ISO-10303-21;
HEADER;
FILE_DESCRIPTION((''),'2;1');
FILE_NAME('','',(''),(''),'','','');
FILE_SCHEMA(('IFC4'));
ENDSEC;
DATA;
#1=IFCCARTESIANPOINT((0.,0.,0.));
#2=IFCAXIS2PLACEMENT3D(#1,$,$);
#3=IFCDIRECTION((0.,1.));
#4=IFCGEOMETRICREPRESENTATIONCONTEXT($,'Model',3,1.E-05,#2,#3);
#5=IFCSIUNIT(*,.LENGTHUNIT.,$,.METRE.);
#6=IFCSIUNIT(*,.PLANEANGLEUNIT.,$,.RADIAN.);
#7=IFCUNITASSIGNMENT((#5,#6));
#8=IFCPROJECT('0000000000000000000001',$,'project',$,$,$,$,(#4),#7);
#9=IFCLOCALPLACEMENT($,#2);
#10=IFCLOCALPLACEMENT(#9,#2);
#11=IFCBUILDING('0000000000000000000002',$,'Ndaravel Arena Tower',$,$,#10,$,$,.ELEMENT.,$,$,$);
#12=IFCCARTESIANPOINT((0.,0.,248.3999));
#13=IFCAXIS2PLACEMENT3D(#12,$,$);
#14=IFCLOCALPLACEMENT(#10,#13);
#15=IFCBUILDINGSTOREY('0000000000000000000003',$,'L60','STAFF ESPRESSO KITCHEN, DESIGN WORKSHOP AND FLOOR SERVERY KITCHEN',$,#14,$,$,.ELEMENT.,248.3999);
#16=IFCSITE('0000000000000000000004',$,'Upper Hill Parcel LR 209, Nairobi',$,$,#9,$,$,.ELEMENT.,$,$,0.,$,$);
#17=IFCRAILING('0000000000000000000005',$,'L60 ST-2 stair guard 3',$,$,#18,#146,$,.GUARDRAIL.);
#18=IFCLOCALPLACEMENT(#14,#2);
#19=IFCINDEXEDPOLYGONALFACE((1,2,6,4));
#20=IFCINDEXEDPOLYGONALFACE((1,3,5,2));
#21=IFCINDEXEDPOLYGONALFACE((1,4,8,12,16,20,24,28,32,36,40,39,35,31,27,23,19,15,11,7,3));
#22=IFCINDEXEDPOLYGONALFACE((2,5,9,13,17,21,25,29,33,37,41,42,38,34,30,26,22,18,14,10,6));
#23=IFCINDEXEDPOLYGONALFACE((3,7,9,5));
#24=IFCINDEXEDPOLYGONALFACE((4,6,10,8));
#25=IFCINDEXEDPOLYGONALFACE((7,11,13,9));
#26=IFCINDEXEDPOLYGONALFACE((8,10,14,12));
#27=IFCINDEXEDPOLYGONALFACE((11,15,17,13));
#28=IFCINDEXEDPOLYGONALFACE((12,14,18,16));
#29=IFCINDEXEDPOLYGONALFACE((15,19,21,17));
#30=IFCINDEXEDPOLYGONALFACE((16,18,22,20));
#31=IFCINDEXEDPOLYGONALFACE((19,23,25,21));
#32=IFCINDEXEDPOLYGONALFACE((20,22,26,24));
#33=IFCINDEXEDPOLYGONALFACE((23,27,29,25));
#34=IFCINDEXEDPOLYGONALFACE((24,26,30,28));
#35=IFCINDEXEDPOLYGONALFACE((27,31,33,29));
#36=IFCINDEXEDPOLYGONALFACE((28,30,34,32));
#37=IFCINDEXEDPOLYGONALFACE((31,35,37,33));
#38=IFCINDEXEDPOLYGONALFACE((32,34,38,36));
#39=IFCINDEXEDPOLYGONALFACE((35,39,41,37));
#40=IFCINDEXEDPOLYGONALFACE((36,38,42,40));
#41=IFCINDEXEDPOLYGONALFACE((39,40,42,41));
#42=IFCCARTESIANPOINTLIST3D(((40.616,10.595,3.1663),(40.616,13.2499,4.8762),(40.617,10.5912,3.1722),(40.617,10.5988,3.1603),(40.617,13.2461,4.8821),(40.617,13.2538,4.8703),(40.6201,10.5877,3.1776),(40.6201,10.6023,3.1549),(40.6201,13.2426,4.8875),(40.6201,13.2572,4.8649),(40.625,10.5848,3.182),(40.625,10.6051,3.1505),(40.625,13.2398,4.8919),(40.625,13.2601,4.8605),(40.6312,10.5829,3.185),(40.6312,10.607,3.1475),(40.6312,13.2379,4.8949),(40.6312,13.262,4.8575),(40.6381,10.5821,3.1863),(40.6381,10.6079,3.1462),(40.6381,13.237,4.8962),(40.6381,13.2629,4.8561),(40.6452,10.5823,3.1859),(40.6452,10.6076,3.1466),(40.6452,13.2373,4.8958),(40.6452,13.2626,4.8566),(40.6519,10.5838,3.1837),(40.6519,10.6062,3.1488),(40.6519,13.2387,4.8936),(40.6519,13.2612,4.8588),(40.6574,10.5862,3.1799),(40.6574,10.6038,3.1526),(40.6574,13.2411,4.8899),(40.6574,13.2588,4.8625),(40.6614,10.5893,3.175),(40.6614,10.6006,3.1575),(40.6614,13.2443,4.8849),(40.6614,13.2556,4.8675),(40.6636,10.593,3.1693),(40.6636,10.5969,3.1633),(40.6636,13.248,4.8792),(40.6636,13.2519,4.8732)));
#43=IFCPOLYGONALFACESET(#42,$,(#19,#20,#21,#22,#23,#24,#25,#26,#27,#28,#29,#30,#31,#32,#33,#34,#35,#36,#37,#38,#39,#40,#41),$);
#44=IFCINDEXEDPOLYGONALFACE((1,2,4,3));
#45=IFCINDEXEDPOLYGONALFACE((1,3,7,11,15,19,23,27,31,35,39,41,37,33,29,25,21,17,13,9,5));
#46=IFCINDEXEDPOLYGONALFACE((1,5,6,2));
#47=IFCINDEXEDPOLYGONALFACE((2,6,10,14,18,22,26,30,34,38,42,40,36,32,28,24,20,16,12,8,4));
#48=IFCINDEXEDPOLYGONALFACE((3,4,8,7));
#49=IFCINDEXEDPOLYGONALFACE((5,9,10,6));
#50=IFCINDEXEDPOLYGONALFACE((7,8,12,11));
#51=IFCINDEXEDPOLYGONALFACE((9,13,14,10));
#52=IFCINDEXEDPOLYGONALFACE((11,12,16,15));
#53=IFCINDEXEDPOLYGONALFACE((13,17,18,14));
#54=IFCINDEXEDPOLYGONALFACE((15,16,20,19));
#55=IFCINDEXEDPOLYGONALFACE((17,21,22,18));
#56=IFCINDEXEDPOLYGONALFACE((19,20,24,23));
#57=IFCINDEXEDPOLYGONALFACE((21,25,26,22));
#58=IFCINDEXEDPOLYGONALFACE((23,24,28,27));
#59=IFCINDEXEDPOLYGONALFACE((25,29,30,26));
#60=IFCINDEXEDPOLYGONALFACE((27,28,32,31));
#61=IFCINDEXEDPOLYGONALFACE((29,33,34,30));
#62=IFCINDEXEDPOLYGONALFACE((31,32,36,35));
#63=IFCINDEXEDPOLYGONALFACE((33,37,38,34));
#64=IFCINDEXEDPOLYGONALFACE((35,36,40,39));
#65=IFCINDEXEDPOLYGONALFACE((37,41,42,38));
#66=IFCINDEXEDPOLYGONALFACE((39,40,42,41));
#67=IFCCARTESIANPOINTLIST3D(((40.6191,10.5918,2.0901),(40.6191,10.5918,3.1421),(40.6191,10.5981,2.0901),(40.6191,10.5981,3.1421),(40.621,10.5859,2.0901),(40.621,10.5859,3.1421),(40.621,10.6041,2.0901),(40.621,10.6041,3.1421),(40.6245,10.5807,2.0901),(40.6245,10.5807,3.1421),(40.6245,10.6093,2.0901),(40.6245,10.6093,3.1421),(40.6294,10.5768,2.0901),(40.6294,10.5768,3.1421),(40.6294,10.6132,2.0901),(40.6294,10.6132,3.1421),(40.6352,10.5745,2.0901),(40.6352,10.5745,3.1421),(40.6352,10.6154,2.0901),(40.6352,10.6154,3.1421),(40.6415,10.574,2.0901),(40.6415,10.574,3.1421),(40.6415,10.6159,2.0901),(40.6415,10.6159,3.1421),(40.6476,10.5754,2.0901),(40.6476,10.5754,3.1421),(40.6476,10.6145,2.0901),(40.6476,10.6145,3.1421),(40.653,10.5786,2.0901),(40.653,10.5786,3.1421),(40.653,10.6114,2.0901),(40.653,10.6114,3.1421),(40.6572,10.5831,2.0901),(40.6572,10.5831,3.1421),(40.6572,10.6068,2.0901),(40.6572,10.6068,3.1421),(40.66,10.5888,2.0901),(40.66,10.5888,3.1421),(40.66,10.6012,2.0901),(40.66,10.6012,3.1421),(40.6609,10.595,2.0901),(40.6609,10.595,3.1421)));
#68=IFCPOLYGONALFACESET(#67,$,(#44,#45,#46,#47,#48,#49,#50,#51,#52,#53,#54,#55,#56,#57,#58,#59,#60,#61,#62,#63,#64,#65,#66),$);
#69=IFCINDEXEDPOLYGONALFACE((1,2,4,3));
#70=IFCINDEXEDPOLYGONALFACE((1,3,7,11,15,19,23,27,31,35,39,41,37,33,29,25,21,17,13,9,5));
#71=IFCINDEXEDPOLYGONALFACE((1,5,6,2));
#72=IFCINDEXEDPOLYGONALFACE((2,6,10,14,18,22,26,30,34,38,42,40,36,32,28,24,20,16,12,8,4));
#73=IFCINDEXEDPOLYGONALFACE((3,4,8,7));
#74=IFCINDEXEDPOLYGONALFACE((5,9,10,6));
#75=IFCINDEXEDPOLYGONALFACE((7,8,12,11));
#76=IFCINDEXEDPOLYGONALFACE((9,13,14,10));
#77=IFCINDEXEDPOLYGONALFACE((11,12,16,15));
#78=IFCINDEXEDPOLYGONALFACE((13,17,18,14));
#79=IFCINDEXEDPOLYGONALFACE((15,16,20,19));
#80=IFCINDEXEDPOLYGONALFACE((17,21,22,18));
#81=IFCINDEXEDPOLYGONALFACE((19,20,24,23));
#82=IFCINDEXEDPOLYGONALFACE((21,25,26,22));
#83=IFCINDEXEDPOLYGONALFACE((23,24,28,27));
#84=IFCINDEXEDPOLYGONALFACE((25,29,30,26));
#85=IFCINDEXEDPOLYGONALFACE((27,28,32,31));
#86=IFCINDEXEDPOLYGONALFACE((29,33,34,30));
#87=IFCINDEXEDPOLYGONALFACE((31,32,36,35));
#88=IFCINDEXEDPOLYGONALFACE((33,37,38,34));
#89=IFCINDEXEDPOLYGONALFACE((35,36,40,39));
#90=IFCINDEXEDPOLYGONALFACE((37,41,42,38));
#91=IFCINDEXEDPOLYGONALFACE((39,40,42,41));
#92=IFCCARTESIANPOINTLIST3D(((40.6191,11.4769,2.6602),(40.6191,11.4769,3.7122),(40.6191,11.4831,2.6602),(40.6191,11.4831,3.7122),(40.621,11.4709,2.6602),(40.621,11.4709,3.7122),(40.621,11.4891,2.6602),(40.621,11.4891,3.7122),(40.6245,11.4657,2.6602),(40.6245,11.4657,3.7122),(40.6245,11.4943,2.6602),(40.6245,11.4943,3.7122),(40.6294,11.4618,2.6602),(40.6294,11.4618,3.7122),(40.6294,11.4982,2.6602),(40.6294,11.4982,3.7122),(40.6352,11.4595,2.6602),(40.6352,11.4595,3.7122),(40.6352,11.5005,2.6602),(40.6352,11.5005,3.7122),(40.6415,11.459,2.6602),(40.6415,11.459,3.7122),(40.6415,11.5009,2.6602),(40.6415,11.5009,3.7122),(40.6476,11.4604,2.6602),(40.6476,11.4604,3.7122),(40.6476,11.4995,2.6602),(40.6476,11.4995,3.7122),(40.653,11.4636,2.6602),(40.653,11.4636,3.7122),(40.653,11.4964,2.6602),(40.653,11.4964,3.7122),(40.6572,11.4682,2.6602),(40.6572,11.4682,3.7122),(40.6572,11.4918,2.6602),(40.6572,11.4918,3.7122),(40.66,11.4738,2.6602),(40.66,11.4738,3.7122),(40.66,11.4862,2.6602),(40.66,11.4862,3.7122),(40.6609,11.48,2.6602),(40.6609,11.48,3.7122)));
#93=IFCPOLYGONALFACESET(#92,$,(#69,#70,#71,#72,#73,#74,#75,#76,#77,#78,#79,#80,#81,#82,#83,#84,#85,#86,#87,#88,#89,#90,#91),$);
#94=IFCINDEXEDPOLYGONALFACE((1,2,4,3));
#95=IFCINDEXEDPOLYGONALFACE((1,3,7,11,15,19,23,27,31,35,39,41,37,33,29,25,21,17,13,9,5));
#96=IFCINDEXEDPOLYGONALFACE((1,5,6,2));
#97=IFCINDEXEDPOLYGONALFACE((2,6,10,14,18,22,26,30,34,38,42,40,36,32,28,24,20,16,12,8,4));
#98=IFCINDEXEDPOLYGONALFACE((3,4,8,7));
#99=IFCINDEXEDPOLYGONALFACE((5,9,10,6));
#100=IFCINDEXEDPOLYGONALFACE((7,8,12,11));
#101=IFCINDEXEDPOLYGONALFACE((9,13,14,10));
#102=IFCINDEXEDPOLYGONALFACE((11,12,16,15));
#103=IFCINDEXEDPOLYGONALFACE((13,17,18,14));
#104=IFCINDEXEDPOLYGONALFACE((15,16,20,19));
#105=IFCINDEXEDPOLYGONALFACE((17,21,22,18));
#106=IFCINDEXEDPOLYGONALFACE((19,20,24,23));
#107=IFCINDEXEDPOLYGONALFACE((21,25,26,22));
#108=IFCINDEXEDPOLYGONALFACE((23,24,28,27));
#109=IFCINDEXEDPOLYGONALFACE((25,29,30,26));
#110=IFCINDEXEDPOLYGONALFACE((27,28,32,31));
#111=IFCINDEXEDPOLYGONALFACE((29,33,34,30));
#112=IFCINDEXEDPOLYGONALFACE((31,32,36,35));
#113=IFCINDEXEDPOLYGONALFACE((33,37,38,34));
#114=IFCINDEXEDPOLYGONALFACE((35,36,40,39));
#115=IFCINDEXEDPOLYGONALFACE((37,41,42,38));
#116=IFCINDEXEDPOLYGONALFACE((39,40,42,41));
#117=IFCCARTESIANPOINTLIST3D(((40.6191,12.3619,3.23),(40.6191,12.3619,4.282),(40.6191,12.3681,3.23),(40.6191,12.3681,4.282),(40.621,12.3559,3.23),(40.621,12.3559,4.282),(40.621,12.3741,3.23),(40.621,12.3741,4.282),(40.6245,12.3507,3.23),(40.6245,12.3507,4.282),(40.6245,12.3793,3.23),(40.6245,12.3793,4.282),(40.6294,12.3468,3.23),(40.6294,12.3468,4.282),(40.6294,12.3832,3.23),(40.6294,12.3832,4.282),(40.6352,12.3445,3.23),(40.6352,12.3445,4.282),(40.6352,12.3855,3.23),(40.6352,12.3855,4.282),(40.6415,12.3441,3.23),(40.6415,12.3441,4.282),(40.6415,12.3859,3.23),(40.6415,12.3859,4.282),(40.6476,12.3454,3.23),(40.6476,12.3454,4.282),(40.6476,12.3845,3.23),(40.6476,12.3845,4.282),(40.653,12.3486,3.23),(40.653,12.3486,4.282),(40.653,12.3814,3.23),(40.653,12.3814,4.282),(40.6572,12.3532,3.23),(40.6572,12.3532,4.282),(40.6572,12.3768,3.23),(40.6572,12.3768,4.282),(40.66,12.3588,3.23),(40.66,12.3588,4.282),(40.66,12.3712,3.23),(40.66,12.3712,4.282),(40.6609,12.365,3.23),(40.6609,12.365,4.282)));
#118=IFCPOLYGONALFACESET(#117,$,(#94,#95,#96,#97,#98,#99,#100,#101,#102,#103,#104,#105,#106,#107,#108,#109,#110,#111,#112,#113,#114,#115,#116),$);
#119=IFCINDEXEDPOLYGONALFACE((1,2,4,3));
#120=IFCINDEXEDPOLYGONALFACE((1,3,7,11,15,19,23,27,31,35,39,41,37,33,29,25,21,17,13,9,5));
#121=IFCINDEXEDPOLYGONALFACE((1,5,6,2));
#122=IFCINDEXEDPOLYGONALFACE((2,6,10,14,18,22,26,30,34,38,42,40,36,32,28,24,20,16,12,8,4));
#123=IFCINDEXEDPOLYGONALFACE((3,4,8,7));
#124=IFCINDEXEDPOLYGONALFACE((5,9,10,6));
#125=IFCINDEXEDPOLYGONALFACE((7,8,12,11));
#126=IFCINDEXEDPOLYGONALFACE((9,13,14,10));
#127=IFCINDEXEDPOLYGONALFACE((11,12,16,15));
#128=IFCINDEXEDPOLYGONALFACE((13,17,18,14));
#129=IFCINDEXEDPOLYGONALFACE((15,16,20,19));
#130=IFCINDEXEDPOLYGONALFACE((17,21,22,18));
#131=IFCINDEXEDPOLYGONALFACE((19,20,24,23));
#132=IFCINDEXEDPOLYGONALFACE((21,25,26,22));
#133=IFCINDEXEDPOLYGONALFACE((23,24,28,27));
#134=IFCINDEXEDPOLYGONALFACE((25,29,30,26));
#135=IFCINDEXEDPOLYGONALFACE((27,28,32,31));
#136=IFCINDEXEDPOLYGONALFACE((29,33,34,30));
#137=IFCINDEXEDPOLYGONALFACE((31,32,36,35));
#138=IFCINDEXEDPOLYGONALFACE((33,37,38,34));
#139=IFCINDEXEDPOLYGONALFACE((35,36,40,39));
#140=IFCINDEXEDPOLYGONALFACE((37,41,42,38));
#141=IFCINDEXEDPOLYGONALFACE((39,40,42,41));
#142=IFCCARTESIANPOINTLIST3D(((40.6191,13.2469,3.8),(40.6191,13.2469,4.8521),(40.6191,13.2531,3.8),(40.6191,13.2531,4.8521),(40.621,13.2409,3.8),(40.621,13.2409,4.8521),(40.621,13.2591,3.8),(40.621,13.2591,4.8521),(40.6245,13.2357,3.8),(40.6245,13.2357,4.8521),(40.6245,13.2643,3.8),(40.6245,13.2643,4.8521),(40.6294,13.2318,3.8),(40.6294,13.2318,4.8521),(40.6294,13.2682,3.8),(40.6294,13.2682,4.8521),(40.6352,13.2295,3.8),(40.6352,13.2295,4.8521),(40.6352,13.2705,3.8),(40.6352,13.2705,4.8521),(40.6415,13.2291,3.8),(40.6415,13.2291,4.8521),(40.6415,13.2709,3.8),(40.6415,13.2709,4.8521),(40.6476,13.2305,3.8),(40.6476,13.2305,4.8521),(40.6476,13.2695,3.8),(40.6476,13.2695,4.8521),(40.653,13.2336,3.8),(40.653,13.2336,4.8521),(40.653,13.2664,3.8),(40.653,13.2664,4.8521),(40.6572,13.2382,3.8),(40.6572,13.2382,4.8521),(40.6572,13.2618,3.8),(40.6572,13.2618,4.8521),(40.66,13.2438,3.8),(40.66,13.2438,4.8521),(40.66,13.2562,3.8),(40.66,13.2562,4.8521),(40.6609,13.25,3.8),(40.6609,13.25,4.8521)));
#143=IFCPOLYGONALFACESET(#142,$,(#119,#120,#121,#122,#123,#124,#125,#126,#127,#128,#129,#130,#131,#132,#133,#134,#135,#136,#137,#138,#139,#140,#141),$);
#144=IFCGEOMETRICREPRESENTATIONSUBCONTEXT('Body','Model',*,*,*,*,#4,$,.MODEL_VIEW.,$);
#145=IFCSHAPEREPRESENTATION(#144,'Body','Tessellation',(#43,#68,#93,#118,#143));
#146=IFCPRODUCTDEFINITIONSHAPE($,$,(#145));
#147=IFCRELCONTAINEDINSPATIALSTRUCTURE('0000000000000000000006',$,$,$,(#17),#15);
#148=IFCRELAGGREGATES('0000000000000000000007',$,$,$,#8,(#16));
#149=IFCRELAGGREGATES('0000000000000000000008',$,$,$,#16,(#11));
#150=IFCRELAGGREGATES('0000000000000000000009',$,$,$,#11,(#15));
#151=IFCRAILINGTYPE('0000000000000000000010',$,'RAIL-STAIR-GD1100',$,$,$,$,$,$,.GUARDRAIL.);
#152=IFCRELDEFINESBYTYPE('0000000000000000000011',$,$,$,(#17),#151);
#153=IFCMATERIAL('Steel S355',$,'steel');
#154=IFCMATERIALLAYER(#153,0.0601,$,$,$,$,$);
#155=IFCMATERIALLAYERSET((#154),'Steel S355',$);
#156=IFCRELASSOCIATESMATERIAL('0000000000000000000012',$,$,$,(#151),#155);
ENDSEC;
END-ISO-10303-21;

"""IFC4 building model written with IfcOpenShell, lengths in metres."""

from ifc_helpers import new_model, si_unit, direction, frame, origin, origin_2d, place, context, subcontext, project, spatial, circle, extrude, material, layer, layer_set, type_object, element, save


model = new_model("IFC4")

# Units and contexts
model_context = context("Model", 3, precision=1e-05, world=origin(), true_north=direction((0.0, 1.0)))
body_context = subcontext(model_context, "Body", "Model", "MODEL_VIEW")
ifc_project = project(units=[si_unit("LENGTHUNIT", "METRE"), si_unit("PLANEANGLEUNIT", "RADIAN")], contexts=[model_context])

# Site, building, storey
site_placement = place(None, origin())
site = spatial("IfcSite", under=ifc_project, at=site_placement, Name="Upper Hill Parcel LR 209, Nairobi", CompositionType="ELEMENT", RefElevation=0.0)
building_placement = place(site_placement, origin())
building = spatial("IfcBuilding", under=site, at=building_placement, Name="Ndaravel Arena Tower", CompositionType="ELEMENT")
storey_placement = place(building_placement, frame((0.0, 0.0, 248.3999)))
storey = spatial("IfcBuildingStorey", under=building, at=storey_placement, Name="L60", Description="STAFF ESPRESSO KITCHEN, DESIGN WORKSHOP AND FLOOR SERVERY KITCHEN", CompositionType="ELEMENT", Elevation=248.3999)

# Railing
ifc_material_1 = material(Name="Steel S355", Category="steel")
ifc_layer_1 = layer(ifc_material_1, 0.0601)
ifc_layer_set_1 = layer_set([ifc_layer_1], Name="Steel S355")
railing_type_1 = type_object("IfcRailingType", Name="RAIL-STAIR-GD1100", PredefinedType="GUARDRAIL", material=ifc_layer_set_1)
railing_1_placement = place(storey_placement, frame((40.6399, 10.595, 2.0901)))
element("IfcRailing", 1, at=railing_1_placement, inside=storey, type_object=railing_type_1, Name="L60 ST-2 stair guard 3", PredefinedType="GUARDRAIL", context=body_context, shape_type="SweptSolid", body=[
    extrude(circle(Radius=0.0239, at=origin_2d()), frame((0.0, 0.0, 1.0762), z_axis=(0.0, 0.840724, 0.541465), x_axis=(-1.0, 0.0, 0.0)), (0.0, 0.0, 1.0), 3.158),
    extrude(circle(Radius=0.021, at=origin_2d()), origin(), (0.0, 0.0, 1.0), 1.052),
    extrude(circle(Radius=0.021, at=origin_2d()), frame((0.0, 0.885, 0.5701)), (0.0, 0.0, 1.0), 1.052),
    extrude(circle(Radius=0.021, at=origin_2d()), frame((0.0, 1.77, 1.1399)), (0.0, 0.0, 1.0), 1.052),
    extrude(circle(Radius=0.021, at=origin_2d()), frame((0.0, 2.655, 1.71)), (0.0, 0.0, 1.0), 1.052),
])

save(model, "model.ifc")
